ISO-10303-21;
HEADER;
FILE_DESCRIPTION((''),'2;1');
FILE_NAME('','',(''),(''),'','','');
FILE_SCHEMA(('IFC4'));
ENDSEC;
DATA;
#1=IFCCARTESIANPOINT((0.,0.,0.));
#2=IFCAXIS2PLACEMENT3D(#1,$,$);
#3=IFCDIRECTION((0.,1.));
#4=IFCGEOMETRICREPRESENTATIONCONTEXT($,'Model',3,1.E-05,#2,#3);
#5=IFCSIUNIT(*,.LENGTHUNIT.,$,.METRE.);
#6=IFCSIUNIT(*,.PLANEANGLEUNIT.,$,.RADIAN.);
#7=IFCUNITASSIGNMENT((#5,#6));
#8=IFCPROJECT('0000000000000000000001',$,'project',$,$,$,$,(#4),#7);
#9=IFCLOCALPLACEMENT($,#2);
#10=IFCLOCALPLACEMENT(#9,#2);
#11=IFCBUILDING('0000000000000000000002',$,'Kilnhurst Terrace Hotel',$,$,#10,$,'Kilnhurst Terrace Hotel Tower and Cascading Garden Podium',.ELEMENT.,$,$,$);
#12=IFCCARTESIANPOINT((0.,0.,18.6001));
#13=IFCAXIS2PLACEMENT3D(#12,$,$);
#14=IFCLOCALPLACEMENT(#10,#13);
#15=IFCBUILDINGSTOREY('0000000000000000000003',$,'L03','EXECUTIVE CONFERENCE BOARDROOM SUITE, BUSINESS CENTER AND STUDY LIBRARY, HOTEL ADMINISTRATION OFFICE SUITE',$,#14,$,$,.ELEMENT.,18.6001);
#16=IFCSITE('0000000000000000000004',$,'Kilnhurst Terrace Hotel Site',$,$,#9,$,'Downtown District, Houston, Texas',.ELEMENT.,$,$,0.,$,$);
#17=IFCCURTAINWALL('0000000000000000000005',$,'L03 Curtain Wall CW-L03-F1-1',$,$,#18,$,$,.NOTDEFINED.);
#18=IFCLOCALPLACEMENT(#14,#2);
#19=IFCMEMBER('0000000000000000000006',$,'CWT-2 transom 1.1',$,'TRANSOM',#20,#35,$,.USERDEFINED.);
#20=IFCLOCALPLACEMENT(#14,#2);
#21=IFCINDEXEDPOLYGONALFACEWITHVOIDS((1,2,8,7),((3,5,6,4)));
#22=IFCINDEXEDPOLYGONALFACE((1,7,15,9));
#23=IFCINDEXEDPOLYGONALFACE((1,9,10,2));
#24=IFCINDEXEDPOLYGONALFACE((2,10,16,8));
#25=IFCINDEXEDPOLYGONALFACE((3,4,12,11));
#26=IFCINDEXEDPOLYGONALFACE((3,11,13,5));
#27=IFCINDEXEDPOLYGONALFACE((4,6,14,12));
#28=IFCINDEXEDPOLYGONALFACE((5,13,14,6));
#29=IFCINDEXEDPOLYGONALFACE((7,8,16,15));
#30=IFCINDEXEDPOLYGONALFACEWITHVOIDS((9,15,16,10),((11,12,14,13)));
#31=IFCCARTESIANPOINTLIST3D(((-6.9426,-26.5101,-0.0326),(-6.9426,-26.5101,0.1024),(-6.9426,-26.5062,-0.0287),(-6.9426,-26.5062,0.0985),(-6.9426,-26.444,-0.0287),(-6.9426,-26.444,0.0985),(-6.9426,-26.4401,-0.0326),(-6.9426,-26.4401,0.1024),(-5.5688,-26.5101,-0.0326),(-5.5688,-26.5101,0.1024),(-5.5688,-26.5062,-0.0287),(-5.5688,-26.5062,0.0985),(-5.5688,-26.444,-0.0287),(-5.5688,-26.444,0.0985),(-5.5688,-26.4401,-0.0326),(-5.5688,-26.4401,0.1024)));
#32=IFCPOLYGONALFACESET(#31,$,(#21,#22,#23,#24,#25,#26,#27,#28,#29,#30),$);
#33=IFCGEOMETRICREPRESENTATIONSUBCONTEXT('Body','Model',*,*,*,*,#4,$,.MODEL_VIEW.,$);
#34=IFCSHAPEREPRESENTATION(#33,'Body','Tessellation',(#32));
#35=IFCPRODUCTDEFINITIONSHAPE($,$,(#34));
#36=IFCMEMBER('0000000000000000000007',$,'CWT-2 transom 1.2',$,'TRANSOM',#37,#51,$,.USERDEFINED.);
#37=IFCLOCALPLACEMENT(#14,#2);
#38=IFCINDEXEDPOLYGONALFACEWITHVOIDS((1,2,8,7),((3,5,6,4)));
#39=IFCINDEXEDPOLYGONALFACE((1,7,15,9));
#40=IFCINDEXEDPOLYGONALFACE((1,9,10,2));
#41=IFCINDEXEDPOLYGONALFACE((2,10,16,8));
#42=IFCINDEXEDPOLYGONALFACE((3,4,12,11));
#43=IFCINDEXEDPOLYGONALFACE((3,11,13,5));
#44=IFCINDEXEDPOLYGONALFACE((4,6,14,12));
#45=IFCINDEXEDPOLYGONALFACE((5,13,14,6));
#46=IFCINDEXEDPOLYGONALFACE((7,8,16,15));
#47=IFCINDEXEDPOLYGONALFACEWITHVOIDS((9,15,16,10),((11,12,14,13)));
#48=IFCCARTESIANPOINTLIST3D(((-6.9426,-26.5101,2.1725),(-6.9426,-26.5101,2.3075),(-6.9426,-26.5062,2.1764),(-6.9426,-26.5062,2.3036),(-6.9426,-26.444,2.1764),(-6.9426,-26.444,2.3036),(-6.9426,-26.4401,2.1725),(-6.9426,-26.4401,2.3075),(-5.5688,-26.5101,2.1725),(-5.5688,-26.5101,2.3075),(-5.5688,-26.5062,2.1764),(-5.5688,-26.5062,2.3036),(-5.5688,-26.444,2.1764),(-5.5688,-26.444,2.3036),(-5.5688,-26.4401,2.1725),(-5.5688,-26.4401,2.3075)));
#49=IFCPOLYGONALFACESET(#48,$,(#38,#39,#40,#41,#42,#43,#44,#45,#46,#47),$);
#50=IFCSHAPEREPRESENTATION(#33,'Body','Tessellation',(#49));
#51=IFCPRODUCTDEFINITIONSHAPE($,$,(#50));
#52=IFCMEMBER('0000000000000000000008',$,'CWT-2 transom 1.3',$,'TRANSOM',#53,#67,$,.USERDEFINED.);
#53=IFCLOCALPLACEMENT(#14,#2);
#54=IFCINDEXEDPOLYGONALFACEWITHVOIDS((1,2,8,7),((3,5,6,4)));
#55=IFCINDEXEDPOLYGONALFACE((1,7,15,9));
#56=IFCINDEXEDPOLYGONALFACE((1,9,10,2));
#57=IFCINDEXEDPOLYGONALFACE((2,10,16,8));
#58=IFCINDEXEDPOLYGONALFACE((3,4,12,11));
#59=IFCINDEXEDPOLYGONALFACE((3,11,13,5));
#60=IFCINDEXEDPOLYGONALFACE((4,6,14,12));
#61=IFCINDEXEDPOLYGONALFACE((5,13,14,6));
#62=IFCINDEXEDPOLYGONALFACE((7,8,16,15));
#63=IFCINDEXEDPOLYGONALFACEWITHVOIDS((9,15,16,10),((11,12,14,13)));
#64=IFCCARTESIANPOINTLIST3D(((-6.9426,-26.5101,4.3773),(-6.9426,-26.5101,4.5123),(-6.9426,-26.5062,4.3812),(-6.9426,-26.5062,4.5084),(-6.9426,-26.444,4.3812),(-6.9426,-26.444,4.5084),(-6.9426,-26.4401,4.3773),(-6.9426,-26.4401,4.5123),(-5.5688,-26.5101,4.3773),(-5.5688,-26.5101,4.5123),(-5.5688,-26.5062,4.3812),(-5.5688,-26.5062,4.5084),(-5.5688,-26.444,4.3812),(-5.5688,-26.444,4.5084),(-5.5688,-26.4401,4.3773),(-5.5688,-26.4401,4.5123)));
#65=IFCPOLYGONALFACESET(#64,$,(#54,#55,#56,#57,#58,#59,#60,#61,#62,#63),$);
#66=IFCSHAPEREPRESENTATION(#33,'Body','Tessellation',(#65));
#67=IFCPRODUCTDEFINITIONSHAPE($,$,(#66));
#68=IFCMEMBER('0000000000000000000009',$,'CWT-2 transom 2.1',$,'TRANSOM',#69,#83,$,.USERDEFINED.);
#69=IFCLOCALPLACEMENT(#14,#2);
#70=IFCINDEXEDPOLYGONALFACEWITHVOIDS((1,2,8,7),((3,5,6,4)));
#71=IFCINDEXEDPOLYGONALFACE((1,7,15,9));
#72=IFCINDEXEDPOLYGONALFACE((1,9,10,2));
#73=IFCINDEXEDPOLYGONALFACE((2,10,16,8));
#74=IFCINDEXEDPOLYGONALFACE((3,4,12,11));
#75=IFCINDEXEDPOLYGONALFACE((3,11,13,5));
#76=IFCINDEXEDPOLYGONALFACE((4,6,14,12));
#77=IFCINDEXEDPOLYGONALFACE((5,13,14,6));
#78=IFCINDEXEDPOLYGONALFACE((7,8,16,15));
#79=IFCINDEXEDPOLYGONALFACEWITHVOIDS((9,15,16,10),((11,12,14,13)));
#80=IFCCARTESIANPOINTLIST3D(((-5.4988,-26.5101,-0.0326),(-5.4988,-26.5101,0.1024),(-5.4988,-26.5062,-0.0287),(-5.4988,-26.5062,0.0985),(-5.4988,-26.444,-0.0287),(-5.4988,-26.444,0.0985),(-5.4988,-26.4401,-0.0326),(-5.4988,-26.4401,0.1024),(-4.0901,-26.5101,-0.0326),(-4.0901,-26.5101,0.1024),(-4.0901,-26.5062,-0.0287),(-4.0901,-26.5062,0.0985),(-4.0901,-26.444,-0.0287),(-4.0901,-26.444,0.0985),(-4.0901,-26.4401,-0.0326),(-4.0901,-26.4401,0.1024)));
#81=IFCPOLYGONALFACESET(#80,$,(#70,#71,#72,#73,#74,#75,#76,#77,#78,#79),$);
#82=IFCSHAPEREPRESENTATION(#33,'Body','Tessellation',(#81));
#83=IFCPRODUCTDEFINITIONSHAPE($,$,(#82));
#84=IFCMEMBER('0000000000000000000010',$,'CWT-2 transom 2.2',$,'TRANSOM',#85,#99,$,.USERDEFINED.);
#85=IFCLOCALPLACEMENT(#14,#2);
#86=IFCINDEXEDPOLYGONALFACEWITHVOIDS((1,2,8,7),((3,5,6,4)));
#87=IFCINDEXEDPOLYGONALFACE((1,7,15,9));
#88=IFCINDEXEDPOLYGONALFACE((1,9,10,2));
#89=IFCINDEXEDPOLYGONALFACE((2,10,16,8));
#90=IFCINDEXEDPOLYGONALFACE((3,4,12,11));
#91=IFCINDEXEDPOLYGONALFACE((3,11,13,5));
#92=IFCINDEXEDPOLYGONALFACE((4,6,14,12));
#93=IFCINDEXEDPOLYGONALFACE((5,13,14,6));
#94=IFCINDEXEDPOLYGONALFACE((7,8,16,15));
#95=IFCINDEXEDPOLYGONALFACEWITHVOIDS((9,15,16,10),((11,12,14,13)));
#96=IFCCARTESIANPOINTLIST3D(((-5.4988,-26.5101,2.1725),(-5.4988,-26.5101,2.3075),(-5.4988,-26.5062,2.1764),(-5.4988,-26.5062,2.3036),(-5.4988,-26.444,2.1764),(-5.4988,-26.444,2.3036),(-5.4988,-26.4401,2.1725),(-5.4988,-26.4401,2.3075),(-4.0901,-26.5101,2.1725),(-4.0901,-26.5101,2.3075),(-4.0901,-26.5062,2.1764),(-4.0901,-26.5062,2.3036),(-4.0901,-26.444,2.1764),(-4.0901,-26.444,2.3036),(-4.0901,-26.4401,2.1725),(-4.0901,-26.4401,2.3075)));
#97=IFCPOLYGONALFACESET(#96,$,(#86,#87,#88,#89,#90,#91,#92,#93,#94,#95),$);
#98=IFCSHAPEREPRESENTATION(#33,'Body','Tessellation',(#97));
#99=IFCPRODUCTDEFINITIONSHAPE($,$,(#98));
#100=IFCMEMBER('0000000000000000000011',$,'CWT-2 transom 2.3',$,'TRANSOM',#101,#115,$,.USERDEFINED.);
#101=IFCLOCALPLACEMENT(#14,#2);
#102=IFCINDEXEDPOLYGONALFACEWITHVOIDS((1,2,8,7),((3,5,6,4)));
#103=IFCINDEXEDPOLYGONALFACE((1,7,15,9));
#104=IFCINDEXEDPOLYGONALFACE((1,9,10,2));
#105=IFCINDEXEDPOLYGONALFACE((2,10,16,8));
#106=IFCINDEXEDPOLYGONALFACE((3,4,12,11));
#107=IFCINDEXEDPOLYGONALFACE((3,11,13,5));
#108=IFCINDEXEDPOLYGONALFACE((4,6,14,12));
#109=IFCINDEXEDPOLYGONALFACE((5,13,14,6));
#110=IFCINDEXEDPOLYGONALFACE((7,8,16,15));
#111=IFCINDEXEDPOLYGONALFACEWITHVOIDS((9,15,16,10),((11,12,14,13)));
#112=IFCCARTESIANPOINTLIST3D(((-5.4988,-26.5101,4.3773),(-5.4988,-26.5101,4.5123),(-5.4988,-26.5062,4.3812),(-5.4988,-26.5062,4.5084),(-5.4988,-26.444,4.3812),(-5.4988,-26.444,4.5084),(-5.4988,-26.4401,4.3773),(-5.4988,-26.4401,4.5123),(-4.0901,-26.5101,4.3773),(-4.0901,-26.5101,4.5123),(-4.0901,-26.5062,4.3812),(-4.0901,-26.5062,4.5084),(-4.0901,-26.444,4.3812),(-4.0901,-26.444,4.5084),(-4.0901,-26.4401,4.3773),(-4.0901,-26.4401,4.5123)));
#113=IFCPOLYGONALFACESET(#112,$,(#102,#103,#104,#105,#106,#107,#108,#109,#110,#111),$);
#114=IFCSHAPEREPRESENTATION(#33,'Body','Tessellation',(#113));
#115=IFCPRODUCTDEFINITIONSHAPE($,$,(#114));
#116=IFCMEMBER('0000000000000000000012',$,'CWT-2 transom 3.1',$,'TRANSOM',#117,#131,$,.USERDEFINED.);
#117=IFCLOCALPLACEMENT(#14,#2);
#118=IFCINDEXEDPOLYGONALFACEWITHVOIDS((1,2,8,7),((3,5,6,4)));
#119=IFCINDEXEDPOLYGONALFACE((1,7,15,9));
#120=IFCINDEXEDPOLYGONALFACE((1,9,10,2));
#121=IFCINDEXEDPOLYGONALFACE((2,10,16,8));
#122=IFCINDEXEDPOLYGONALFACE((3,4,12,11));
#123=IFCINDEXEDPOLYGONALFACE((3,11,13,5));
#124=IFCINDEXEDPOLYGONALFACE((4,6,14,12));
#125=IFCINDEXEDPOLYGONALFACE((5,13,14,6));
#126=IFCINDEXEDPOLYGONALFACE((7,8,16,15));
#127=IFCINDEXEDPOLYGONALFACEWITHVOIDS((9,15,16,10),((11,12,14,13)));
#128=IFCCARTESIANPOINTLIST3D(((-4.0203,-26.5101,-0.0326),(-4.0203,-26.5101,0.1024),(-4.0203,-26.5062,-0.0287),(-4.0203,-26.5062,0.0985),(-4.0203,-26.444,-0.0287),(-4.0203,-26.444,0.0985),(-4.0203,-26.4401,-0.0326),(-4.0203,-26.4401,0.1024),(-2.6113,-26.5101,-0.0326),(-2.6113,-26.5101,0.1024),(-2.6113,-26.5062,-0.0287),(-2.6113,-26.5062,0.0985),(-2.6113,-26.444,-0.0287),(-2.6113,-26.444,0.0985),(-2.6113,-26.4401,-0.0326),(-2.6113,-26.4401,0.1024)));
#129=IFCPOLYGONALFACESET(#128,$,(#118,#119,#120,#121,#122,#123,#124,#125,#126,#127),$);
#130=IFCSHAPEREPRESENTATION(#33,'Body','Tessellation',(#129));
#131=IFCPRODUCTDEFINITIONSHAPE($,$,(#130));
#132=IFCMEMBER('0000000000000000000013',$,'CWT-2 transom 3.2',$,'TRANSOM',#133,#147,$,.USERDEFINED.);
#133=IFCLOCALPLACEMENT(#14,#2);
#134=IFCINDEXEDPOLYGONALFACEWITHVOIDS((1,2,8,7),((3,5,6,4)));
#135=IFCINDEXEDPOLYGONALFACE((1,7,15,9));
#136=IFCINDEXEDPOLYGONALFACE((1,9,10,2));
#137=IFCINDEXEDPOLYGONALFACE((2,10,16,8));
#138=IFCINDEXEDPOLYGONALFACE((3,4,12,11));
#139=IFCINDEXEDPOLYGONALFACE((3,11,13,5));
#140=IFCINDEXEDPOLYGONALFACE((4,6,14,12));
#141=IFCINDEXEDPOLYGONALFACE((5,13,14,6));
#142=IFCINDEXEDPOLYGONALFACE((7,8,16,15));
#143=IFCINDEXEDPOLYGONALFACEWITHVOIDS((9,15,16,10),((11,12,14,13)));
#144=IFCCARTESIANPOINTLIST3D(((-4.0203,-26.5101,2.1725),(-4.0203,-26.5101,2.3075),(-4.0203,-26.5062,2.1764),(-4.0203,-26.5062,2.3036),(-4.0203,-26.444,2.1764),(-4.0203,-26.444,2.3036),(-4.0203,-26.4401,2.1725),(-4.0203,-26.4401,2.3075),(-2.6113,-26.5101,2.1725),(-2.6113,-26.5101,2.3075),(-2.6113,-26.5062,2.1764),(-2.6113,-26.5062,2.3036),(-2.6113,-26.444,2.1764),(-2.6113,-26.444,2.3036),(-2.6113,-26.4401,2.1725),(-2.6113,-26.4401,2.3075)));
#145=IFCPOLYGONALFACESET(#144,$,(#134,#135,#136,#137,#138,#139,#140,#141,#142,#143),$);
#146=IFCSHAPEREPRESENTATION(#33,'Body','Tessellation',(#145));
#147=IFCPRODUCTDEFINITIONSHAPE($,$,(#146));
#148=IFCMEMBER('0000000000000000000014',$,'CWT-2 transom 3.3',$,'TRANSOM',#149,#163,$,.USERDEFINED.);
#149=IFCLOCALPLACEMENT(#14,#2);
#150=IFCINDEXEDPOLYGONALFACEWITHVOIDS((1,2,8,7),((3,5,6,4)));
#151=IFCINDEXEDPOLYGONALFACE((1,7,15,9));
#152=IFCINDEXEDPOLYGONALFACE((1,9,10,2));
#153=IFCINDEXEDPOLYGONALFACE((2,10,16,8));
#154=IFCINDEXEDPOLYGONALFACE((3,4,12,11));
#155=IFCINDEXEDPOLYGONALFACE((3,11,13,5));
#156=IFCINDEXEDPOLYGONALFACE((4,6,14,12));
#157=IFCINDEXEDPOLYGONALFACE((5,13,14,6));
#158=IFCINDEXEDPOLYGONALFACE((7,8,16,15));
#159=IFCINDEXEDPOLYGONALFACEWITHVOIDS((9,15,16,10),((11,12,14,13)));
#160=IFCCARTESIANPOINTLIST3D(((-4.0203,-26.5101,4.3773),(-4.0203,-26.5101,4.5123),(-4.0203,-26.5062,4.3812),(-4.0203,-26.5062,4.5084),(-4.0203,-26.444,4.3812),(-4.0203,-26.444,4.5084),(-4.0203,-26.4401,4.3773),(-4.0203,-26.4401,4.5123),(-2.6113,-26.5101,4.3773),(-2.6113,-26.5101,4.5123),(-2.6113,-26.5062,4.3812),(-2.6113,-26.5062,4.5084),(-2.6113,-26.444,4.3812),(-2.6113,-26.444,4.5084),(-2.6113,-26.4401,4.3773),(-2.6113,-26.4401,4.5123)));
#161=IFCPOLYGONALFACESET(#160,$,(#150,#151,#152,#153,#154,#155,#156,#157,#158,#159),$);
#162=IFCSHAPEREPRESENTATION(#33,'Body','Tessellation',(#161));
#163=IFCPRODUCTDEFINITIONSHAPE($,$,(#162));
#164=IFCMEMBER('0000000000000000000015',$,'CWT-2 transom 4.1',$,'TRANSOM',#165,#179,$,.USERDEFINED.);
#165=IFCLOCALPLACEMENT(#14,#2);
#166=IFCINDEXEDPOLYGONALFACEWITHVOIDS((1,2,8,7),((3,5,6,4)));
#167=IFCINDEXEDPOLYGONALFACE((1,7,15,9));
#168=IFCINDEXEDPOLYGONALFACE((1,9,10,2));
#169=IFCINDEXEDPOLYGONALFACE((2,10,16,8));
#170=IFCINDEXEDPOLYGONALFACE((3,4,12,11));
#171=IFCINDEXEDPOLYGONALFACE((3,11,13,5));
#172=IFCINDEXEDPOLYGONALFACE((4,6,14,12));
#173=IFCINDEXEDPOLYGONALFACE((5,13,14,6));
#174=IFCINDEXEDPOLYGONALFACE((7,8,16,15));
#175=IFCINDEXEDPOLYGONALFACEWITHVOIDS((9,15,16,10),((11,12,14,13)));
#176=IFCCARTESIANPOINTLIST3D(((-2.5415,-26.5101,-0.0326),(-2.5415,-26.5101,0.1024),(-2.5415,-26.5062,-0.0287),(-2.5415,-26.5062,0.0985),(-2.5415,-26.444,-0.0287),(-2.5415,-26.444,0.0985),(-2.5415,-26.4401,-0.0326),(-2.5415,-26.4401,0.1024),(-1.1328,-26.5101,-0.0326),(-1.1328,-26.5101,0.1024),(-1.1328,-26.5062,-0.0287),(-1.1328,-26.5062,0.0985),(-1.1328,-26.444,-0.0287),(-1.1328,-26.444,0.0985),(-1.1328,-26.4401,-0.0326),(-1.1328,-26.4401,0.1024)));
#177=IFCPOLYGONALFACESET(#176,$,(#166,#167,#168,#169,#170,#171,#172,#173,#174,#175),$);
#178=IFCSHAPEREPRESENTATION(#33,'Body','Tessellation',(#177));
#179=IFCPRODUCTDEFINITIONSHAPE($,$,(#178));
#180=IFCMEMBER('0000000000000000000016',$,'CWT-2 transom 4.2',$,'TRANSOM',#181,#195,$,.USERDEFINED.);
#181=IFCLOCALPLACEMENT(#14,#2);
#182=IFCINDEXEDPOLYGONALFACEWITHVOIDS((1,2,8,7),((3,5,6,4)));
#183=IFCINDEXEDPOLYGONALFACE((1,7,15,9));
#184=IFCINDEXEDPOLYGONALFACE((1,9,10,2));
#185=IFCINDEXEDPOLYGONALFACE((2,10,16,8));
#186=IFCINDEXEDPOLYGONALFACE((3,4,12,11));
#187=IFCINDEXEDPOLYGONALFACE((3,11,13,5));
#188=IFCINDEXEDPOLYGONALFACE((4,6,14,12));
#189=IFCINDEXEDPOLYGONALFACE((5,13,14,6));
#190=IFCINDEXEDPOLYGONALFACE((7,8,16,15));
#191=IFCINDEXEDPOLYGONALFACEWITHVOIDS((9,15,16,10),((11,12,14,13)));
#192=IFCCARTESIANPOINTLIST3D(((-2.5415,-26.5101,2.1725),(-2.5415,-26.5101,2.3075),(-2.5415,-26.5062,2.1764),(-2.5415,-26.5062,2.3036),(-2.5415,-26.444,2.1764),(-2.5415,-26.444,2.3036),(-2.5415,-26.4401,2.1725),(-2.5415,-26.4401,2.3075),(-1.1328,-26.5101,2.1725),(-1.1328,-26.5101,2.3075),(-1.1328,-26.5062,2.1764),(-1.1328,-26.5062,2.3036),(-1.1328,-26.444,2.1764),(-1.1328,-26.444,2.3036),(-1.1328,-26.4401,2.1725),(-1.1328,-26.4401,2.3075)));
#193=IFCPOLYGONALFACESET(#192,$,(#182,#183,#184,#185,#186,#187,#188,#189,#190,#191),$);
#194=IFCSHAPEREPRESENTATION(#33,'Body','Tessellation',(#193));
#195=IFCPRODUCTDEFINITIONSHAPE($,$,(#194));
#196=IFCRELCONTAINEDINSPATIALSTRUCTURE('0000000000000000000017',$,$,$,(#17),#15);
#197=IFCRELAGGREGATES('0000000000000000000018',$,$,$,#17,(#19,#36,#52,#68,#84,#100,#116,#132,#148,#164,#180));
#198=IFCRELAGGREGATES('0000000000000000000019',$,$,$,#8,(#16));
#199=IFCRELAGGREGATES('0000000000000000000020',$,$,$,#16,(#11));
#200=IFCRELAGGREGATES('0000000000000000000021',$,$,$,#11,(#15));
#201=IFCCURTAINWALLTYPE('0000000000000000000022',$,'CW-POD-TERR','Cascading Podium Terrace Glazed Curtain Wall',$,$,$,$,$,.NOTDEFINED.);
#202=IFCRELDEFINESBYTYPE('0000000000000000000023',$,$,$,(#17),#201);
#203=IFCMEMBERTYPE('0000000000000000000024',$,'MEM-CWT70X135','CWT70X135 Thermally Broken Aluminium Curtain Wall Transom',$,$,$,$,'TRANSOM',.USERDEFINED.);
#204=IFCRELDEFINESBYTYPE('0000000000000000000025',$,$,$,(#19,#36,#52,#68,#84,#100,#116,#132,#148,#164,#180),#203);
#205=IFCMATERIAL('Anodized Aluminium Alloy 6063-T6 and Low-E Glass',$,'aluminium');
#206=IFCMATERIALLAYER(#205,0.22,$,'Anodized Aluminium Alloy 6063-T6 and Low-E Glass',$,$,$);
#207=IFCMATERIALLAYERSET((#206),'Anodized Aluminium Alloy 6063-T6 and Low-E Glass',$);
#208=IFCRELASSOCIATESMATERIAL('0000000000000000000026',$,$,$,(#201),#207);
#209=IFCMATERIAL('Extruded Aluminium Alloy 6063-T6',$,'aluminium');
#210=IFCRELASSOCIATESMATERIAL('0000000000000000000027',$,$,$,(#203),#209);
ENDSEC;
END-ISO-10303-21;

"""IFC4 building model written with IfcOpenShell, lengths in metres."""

from ifc_helpers import new_model, si_unit, direction, frame, origin, origin_2d, place, context, subcontext, project, spatial, hollow_rectangle, extrude, material, layer, layer_set, material_profile, profile_set, type_object, element, aggregate, save


model = new_model("IFC4")

# Units and contexts
model_context = context("Model", 3, precision=1e-05, world=origin(), true_north=direction((0.0, 1.0)))
body_context = subcontext(model_context, "Body", "Model", "MODEL_VIEW")
ifc_project = project(units=[si_unit("LENGTHUNIT", "METRE"), si_unit("PLANEANGLEUNIT", "RADIAN")], contexts=[model_context])

# Site, building, storey
site_placement = place(None, origin())
site = spatial("IfcSite", under=ifc_project, at=site_placement, Name="Kilnhurst Terrace Hotel Site", LongName="Downtown District, Houston, Texas", CompositionType="ELEMENT", RefElevation=0.0)
building_placement = place(site_placement, origin())
building = spatial("IfcBuilding", under=site, at=building_placement, Name="Kilnhurst Terrace Hotel", LongName="Kilnhurst Terrace Hotel Tower and Cascading Garden Podium", CompositionType="ELEMENT")
storey_placement = place(building_placement, frame((0.0, 0.0, 18.6001)))
storey = spatial("IfcBuildingStorey", under=building, at=storey_placement, Name="L03", Description="EXECUTIVE CONFERENCE BOARDROOM SUITE, BUSINESS CENTER AND STUDY LIBRARY, HOTEL ADMINISTRATION OFFICE SUITE", CompositionType="ELEMENT", Elevation=18.6001)

# Curtain wall
ifc_material_1 = material(Name="Anodized Aluminium Alloy 6063-T6 and Low-E Glass", Category="aluminium")
ifc_layer_1 = layer(ifc_material_1, 0.22, Name="Anodized Aluminium Alloy 6063-T6 and Low-E Glass")
ifc_layer_set_1 = layer_set([ifc_layer_1], Name="Anodized Aluminium Alloy 6063-T6 and Low-E Glass")
curtain_wall_type = type_object("IfcCurtainWallType", Name="CW-POD-TERR", Description="Cascading Podium Terrace Glazed Curtain Wall", PredefinedType="NOTDEFINED", material=ifc_layer_set_1)
curtain_wall_1_placement = place(storey_placement, origin())
curtain_wall_1 = element("IfcCurtainWall", 1, at=curtain_wall_1_placement, inside=storey, type_object=curtain_wall_type, Name="L03 Curtain Wall CW-L03-F1-1", PredefinedType="NOTDEFINED")
ifc_material_2 = material(Name="Extruded Aluminium Alloy 6063-T6", Category="aluminium")

# Members
ifc_material_profile_1 = material_profile(ifc_material_2, hollow_rectangle(XDim=0.0701, YDim=0.135, WallThickness=0.0039, at=origin_2d()), Name="CWT70X135")
ifc_profile_set_1 = profile_set([ifc_material_profile_1], Name="Extruded Aluminium Alloy 6063-T6")
member_type_1 = type_object("IfcMemberType", Name="MEM-CWT70X135", Description="CWT70X135 Thermally Broken Aluminium Curtain Wall Transom", ElementType="TRANSOM", PredefinedType="USERDEFINED", material=ifc_profile_set_1)
member_1_placement = place(storey_placement, frame((-6.9426, -26.4751, 0.0349), z_axis=(1.0, 0.0, 0.0), x_axis=(0.0, 1.0, 0.0)))
member_1 = element("IfcMember", 2, at=member_1_placement, type_object=member_type_1, Name="CWT-2 transom 1.1", ObjectType="TRANSOM", PredefinedType="USERDEFINED", context=body_context, shape_type="SweptSolid", body=[
    extrude(hollow_rectangle(XDim=0.0701, YDim=0.135, WallThickness=0.0039, at=origin_2d()), origin(), (0.0, 0.0, 1.0), 1.3738),
])
member_2_placement = place(storey_placement, frame((-6.9426, -26.4751, 2.24), z_axis=(1.0, 0.0, 0.0), x_axis=(0.0, 1.0, 0.0)))
member_2 = element("IfcMember", 3, at=member_2_placement, type_object=member_type_1, Name="CWT-2 transom 1.2", ObjectType="TRANSOM", PredefinedType="USERDEFINED", context=body_context, shape_type="SweptSolid", body=[
    extrude(hollow_rectangle(XDim=0.0701, YDim=0.135, WallThickness=0.0039, at=origin_2d()), origin(), (0.0, 0.0, 1.0), 1.3738),
])
member_3_placement = place(storey_placement, frame((-6.9426, -26.4751, 4.4448), z_axis=(1.0, 0.0, 0.0), x_axis=(0.0, 1.0, 0.0)))
member_3 = element("IfcMember", 4, at=member_3_placement, type_object=member_type_1, Name="CWT-2 transom 1.3", ObjectType="TRANSOM", PredefinedType="USERDEFINED", context=body_context, shape_type="SweptSolid", body=[
    extrude(hollow_rectangle(XDim=0.0701, YDim=0.135, WallThickness=0.0039, at=origin_2d()), origin(), (0.0, 0.0, 1.0), 1.3738),
])
member_4_placement = place(storey_placement, frame((-5.4988, -26.4751, 0.0349), z_axis=(1.0, 0.0, 0.0), x_axis=(0.0, 1.0, 0.0)))
member_4 = element("IfcMember", 5, at=member_4_placement, type_object=member_type_1, Name="CWT-2 transom 2.1", ObjectType="TRANSOM", PredefinedType="USERDEFINED", context=body_context, shape_type="SweptSolid", body=[
    extrude(hollow_rectangle(XDim=0.0701, YDim=0.135, WallThickness=0.0039, at=origin_2d()), origin(), (0.0, 0.0, 1.0), 1.4087),
])
member_5_placement = place(storey_placement, frame((-5.4988, -26.4751, 2.24), z_axis=(1.0, 0.0, 0.0), x_axis=(0.0, 1.0, 0.0)))
member_5 = element("IfcMember", 6, at=member_5_placement, type_object=member_type_1, Name="CWT-2 transom 2.2", ObjectType="TRANSOM", PredefinedType="USERDEFINED", context=body_context, shape_type="SweptSolid", body=[
    extrude(hollow_rectangle(XDim=0.0701, YDim=0.135, WallThickness=0.0039, at=origin_2d()), origin(), (0.0, 0.0, 1.0), 1.4087),
])
member_6_placement = place(storey_placement, frame((-5.4988, -26.4751, 4.4448), z_axis=(1.0, 0.0, 0.0), x_axis=(0.0, 1.0, 0.0)))
member_6 = element("IfcMember", 7, at=member_6_placement, type_object=member_type_1, Name="CWT-2 transom 2.3", ObjectType="TRANSOM", PredefinedType="USERDEFINED", context=body_context, shape_type="SweptSolid", body=[
    extrude(hollow_rectangle(XDim=0.0701, YDim=0.135, WallThickness=0.0039, at=origin_2d()), origin(), (0.0, 0.0, 1.0), 1.4087),
])
member_7_placement = place(storey_placement, frame((-4.0203, -26.4751, 0.0349), z_axis=(1.0, 0.0, 0.0), x_axis=(0.0, 1.0, 0.0)))
member_7 = element("IfcMember", 8, at=member_7_placement, type_object=member_type_1, Name="CWT-2 transom 3.1", ObjectType="TRANSOM", PredefinedType="USERDEFINED", context=body_context, shape_type="SweptSolid", body=[
    extrude(hollow_rectangle(XDim=0.0701, YDim=0.135, WallThickness=0.0039, at=origin_2d()), origin(), (0.0, 0.0, 1.0), 1.4089),
])
member_8_placement = place(storey_placement, frame((-4.0203, -26.4751, 2.24), z_axis=(1.0, 0.0, 0.0), x_axis=(0.0, 1.0, 0.0)))
member_8 = element("IfcMember", 9, at=member_8_placement, type_object=member_type_1, Name="CWT-2 transom 3.2", ObjectType="TRANSOM", PredefinedType="USERDEFINED", context=body_context, shape_type="SweptSolid", body=[
    extrude(hollow_rectangle(XDim=0.0701, YDim=0.135, WallThickness=0.0039, at=origin_2d()), origin(), (0.0, 0.0, 1.0), 1.4089),
])
member_9_placement = place(storey_placement, frame((-4.0203, -26.4751, 4.4448), z_axis=(1.0, 0.0, 0.0), x_axis=(0.0, 1.0, 0.0)))
member_9 = element("IfcMember", 10, at=member_9_placement, type_object=member_type_1, Name="CWT-2 transom 3.3", ObjectType="TRANSOM", PredefinedType="USERDEFINED", context=body_context, shape_type="SweptSolid", body=[
    extrude(hollow_rectangle(XDim=0.0701, YDim=0.135, WallThickness=0.0039, at=origin_2d()), origin(), (0.0, 0.0, 1.0), 1.4089),
])
member_10_placement = place(storey_placement, frame((-2.5415, -26.4751, 0.0349), z_axis=(1.0, 0.0, 0.0), x_axis=(0.0, 1.0, 0.0)))
member_10 = element("IfcMember", 11, at=member_10_placement, type_object=member_type_1, Name="CWT-2 transom 4.1", ObjectType="TRANSOM", PredefinedType="USERDEFINED", context=body_context, shape_type="SweptSolid", body=[
    extrude(hollow_rectangle(XDim=0.0701, YDim=0.135, WallThickness=0.0039, at=origin_2d()), origin(), (0.0, 0.0, 1.0), 1.4087),
])
member_11_placement = place(storey_placement, frame((-2.5415, -26.4751, 2.24), z_axis=(1.0, 0.0, 0.0), x_axis=(0.0, 1.0, 0.0)))
member_11 = element("IfcMember", 12, at=member_11_placement, type_object=member_type_1, Name="CWT-2 transom 4.2", ObjectType="TRANSOM", PredefinedType="USERDEFINED", context=body_context, shape_type="SweptSolid", body=[
    extrude(hollow_rectangle(XDim=0.0701, YDim=0.135, WallThickness=0.0039, at=origin_2d()), origin(), (0.0, 0.0, 1.0), 1.4087),
])

aggregate(curtain_wall_1, [member_1, member_2, member_3, member_4, member_5, member_6, member_7, member_8, member_9, member_10, member_11])

save(model, "model.ifc")
